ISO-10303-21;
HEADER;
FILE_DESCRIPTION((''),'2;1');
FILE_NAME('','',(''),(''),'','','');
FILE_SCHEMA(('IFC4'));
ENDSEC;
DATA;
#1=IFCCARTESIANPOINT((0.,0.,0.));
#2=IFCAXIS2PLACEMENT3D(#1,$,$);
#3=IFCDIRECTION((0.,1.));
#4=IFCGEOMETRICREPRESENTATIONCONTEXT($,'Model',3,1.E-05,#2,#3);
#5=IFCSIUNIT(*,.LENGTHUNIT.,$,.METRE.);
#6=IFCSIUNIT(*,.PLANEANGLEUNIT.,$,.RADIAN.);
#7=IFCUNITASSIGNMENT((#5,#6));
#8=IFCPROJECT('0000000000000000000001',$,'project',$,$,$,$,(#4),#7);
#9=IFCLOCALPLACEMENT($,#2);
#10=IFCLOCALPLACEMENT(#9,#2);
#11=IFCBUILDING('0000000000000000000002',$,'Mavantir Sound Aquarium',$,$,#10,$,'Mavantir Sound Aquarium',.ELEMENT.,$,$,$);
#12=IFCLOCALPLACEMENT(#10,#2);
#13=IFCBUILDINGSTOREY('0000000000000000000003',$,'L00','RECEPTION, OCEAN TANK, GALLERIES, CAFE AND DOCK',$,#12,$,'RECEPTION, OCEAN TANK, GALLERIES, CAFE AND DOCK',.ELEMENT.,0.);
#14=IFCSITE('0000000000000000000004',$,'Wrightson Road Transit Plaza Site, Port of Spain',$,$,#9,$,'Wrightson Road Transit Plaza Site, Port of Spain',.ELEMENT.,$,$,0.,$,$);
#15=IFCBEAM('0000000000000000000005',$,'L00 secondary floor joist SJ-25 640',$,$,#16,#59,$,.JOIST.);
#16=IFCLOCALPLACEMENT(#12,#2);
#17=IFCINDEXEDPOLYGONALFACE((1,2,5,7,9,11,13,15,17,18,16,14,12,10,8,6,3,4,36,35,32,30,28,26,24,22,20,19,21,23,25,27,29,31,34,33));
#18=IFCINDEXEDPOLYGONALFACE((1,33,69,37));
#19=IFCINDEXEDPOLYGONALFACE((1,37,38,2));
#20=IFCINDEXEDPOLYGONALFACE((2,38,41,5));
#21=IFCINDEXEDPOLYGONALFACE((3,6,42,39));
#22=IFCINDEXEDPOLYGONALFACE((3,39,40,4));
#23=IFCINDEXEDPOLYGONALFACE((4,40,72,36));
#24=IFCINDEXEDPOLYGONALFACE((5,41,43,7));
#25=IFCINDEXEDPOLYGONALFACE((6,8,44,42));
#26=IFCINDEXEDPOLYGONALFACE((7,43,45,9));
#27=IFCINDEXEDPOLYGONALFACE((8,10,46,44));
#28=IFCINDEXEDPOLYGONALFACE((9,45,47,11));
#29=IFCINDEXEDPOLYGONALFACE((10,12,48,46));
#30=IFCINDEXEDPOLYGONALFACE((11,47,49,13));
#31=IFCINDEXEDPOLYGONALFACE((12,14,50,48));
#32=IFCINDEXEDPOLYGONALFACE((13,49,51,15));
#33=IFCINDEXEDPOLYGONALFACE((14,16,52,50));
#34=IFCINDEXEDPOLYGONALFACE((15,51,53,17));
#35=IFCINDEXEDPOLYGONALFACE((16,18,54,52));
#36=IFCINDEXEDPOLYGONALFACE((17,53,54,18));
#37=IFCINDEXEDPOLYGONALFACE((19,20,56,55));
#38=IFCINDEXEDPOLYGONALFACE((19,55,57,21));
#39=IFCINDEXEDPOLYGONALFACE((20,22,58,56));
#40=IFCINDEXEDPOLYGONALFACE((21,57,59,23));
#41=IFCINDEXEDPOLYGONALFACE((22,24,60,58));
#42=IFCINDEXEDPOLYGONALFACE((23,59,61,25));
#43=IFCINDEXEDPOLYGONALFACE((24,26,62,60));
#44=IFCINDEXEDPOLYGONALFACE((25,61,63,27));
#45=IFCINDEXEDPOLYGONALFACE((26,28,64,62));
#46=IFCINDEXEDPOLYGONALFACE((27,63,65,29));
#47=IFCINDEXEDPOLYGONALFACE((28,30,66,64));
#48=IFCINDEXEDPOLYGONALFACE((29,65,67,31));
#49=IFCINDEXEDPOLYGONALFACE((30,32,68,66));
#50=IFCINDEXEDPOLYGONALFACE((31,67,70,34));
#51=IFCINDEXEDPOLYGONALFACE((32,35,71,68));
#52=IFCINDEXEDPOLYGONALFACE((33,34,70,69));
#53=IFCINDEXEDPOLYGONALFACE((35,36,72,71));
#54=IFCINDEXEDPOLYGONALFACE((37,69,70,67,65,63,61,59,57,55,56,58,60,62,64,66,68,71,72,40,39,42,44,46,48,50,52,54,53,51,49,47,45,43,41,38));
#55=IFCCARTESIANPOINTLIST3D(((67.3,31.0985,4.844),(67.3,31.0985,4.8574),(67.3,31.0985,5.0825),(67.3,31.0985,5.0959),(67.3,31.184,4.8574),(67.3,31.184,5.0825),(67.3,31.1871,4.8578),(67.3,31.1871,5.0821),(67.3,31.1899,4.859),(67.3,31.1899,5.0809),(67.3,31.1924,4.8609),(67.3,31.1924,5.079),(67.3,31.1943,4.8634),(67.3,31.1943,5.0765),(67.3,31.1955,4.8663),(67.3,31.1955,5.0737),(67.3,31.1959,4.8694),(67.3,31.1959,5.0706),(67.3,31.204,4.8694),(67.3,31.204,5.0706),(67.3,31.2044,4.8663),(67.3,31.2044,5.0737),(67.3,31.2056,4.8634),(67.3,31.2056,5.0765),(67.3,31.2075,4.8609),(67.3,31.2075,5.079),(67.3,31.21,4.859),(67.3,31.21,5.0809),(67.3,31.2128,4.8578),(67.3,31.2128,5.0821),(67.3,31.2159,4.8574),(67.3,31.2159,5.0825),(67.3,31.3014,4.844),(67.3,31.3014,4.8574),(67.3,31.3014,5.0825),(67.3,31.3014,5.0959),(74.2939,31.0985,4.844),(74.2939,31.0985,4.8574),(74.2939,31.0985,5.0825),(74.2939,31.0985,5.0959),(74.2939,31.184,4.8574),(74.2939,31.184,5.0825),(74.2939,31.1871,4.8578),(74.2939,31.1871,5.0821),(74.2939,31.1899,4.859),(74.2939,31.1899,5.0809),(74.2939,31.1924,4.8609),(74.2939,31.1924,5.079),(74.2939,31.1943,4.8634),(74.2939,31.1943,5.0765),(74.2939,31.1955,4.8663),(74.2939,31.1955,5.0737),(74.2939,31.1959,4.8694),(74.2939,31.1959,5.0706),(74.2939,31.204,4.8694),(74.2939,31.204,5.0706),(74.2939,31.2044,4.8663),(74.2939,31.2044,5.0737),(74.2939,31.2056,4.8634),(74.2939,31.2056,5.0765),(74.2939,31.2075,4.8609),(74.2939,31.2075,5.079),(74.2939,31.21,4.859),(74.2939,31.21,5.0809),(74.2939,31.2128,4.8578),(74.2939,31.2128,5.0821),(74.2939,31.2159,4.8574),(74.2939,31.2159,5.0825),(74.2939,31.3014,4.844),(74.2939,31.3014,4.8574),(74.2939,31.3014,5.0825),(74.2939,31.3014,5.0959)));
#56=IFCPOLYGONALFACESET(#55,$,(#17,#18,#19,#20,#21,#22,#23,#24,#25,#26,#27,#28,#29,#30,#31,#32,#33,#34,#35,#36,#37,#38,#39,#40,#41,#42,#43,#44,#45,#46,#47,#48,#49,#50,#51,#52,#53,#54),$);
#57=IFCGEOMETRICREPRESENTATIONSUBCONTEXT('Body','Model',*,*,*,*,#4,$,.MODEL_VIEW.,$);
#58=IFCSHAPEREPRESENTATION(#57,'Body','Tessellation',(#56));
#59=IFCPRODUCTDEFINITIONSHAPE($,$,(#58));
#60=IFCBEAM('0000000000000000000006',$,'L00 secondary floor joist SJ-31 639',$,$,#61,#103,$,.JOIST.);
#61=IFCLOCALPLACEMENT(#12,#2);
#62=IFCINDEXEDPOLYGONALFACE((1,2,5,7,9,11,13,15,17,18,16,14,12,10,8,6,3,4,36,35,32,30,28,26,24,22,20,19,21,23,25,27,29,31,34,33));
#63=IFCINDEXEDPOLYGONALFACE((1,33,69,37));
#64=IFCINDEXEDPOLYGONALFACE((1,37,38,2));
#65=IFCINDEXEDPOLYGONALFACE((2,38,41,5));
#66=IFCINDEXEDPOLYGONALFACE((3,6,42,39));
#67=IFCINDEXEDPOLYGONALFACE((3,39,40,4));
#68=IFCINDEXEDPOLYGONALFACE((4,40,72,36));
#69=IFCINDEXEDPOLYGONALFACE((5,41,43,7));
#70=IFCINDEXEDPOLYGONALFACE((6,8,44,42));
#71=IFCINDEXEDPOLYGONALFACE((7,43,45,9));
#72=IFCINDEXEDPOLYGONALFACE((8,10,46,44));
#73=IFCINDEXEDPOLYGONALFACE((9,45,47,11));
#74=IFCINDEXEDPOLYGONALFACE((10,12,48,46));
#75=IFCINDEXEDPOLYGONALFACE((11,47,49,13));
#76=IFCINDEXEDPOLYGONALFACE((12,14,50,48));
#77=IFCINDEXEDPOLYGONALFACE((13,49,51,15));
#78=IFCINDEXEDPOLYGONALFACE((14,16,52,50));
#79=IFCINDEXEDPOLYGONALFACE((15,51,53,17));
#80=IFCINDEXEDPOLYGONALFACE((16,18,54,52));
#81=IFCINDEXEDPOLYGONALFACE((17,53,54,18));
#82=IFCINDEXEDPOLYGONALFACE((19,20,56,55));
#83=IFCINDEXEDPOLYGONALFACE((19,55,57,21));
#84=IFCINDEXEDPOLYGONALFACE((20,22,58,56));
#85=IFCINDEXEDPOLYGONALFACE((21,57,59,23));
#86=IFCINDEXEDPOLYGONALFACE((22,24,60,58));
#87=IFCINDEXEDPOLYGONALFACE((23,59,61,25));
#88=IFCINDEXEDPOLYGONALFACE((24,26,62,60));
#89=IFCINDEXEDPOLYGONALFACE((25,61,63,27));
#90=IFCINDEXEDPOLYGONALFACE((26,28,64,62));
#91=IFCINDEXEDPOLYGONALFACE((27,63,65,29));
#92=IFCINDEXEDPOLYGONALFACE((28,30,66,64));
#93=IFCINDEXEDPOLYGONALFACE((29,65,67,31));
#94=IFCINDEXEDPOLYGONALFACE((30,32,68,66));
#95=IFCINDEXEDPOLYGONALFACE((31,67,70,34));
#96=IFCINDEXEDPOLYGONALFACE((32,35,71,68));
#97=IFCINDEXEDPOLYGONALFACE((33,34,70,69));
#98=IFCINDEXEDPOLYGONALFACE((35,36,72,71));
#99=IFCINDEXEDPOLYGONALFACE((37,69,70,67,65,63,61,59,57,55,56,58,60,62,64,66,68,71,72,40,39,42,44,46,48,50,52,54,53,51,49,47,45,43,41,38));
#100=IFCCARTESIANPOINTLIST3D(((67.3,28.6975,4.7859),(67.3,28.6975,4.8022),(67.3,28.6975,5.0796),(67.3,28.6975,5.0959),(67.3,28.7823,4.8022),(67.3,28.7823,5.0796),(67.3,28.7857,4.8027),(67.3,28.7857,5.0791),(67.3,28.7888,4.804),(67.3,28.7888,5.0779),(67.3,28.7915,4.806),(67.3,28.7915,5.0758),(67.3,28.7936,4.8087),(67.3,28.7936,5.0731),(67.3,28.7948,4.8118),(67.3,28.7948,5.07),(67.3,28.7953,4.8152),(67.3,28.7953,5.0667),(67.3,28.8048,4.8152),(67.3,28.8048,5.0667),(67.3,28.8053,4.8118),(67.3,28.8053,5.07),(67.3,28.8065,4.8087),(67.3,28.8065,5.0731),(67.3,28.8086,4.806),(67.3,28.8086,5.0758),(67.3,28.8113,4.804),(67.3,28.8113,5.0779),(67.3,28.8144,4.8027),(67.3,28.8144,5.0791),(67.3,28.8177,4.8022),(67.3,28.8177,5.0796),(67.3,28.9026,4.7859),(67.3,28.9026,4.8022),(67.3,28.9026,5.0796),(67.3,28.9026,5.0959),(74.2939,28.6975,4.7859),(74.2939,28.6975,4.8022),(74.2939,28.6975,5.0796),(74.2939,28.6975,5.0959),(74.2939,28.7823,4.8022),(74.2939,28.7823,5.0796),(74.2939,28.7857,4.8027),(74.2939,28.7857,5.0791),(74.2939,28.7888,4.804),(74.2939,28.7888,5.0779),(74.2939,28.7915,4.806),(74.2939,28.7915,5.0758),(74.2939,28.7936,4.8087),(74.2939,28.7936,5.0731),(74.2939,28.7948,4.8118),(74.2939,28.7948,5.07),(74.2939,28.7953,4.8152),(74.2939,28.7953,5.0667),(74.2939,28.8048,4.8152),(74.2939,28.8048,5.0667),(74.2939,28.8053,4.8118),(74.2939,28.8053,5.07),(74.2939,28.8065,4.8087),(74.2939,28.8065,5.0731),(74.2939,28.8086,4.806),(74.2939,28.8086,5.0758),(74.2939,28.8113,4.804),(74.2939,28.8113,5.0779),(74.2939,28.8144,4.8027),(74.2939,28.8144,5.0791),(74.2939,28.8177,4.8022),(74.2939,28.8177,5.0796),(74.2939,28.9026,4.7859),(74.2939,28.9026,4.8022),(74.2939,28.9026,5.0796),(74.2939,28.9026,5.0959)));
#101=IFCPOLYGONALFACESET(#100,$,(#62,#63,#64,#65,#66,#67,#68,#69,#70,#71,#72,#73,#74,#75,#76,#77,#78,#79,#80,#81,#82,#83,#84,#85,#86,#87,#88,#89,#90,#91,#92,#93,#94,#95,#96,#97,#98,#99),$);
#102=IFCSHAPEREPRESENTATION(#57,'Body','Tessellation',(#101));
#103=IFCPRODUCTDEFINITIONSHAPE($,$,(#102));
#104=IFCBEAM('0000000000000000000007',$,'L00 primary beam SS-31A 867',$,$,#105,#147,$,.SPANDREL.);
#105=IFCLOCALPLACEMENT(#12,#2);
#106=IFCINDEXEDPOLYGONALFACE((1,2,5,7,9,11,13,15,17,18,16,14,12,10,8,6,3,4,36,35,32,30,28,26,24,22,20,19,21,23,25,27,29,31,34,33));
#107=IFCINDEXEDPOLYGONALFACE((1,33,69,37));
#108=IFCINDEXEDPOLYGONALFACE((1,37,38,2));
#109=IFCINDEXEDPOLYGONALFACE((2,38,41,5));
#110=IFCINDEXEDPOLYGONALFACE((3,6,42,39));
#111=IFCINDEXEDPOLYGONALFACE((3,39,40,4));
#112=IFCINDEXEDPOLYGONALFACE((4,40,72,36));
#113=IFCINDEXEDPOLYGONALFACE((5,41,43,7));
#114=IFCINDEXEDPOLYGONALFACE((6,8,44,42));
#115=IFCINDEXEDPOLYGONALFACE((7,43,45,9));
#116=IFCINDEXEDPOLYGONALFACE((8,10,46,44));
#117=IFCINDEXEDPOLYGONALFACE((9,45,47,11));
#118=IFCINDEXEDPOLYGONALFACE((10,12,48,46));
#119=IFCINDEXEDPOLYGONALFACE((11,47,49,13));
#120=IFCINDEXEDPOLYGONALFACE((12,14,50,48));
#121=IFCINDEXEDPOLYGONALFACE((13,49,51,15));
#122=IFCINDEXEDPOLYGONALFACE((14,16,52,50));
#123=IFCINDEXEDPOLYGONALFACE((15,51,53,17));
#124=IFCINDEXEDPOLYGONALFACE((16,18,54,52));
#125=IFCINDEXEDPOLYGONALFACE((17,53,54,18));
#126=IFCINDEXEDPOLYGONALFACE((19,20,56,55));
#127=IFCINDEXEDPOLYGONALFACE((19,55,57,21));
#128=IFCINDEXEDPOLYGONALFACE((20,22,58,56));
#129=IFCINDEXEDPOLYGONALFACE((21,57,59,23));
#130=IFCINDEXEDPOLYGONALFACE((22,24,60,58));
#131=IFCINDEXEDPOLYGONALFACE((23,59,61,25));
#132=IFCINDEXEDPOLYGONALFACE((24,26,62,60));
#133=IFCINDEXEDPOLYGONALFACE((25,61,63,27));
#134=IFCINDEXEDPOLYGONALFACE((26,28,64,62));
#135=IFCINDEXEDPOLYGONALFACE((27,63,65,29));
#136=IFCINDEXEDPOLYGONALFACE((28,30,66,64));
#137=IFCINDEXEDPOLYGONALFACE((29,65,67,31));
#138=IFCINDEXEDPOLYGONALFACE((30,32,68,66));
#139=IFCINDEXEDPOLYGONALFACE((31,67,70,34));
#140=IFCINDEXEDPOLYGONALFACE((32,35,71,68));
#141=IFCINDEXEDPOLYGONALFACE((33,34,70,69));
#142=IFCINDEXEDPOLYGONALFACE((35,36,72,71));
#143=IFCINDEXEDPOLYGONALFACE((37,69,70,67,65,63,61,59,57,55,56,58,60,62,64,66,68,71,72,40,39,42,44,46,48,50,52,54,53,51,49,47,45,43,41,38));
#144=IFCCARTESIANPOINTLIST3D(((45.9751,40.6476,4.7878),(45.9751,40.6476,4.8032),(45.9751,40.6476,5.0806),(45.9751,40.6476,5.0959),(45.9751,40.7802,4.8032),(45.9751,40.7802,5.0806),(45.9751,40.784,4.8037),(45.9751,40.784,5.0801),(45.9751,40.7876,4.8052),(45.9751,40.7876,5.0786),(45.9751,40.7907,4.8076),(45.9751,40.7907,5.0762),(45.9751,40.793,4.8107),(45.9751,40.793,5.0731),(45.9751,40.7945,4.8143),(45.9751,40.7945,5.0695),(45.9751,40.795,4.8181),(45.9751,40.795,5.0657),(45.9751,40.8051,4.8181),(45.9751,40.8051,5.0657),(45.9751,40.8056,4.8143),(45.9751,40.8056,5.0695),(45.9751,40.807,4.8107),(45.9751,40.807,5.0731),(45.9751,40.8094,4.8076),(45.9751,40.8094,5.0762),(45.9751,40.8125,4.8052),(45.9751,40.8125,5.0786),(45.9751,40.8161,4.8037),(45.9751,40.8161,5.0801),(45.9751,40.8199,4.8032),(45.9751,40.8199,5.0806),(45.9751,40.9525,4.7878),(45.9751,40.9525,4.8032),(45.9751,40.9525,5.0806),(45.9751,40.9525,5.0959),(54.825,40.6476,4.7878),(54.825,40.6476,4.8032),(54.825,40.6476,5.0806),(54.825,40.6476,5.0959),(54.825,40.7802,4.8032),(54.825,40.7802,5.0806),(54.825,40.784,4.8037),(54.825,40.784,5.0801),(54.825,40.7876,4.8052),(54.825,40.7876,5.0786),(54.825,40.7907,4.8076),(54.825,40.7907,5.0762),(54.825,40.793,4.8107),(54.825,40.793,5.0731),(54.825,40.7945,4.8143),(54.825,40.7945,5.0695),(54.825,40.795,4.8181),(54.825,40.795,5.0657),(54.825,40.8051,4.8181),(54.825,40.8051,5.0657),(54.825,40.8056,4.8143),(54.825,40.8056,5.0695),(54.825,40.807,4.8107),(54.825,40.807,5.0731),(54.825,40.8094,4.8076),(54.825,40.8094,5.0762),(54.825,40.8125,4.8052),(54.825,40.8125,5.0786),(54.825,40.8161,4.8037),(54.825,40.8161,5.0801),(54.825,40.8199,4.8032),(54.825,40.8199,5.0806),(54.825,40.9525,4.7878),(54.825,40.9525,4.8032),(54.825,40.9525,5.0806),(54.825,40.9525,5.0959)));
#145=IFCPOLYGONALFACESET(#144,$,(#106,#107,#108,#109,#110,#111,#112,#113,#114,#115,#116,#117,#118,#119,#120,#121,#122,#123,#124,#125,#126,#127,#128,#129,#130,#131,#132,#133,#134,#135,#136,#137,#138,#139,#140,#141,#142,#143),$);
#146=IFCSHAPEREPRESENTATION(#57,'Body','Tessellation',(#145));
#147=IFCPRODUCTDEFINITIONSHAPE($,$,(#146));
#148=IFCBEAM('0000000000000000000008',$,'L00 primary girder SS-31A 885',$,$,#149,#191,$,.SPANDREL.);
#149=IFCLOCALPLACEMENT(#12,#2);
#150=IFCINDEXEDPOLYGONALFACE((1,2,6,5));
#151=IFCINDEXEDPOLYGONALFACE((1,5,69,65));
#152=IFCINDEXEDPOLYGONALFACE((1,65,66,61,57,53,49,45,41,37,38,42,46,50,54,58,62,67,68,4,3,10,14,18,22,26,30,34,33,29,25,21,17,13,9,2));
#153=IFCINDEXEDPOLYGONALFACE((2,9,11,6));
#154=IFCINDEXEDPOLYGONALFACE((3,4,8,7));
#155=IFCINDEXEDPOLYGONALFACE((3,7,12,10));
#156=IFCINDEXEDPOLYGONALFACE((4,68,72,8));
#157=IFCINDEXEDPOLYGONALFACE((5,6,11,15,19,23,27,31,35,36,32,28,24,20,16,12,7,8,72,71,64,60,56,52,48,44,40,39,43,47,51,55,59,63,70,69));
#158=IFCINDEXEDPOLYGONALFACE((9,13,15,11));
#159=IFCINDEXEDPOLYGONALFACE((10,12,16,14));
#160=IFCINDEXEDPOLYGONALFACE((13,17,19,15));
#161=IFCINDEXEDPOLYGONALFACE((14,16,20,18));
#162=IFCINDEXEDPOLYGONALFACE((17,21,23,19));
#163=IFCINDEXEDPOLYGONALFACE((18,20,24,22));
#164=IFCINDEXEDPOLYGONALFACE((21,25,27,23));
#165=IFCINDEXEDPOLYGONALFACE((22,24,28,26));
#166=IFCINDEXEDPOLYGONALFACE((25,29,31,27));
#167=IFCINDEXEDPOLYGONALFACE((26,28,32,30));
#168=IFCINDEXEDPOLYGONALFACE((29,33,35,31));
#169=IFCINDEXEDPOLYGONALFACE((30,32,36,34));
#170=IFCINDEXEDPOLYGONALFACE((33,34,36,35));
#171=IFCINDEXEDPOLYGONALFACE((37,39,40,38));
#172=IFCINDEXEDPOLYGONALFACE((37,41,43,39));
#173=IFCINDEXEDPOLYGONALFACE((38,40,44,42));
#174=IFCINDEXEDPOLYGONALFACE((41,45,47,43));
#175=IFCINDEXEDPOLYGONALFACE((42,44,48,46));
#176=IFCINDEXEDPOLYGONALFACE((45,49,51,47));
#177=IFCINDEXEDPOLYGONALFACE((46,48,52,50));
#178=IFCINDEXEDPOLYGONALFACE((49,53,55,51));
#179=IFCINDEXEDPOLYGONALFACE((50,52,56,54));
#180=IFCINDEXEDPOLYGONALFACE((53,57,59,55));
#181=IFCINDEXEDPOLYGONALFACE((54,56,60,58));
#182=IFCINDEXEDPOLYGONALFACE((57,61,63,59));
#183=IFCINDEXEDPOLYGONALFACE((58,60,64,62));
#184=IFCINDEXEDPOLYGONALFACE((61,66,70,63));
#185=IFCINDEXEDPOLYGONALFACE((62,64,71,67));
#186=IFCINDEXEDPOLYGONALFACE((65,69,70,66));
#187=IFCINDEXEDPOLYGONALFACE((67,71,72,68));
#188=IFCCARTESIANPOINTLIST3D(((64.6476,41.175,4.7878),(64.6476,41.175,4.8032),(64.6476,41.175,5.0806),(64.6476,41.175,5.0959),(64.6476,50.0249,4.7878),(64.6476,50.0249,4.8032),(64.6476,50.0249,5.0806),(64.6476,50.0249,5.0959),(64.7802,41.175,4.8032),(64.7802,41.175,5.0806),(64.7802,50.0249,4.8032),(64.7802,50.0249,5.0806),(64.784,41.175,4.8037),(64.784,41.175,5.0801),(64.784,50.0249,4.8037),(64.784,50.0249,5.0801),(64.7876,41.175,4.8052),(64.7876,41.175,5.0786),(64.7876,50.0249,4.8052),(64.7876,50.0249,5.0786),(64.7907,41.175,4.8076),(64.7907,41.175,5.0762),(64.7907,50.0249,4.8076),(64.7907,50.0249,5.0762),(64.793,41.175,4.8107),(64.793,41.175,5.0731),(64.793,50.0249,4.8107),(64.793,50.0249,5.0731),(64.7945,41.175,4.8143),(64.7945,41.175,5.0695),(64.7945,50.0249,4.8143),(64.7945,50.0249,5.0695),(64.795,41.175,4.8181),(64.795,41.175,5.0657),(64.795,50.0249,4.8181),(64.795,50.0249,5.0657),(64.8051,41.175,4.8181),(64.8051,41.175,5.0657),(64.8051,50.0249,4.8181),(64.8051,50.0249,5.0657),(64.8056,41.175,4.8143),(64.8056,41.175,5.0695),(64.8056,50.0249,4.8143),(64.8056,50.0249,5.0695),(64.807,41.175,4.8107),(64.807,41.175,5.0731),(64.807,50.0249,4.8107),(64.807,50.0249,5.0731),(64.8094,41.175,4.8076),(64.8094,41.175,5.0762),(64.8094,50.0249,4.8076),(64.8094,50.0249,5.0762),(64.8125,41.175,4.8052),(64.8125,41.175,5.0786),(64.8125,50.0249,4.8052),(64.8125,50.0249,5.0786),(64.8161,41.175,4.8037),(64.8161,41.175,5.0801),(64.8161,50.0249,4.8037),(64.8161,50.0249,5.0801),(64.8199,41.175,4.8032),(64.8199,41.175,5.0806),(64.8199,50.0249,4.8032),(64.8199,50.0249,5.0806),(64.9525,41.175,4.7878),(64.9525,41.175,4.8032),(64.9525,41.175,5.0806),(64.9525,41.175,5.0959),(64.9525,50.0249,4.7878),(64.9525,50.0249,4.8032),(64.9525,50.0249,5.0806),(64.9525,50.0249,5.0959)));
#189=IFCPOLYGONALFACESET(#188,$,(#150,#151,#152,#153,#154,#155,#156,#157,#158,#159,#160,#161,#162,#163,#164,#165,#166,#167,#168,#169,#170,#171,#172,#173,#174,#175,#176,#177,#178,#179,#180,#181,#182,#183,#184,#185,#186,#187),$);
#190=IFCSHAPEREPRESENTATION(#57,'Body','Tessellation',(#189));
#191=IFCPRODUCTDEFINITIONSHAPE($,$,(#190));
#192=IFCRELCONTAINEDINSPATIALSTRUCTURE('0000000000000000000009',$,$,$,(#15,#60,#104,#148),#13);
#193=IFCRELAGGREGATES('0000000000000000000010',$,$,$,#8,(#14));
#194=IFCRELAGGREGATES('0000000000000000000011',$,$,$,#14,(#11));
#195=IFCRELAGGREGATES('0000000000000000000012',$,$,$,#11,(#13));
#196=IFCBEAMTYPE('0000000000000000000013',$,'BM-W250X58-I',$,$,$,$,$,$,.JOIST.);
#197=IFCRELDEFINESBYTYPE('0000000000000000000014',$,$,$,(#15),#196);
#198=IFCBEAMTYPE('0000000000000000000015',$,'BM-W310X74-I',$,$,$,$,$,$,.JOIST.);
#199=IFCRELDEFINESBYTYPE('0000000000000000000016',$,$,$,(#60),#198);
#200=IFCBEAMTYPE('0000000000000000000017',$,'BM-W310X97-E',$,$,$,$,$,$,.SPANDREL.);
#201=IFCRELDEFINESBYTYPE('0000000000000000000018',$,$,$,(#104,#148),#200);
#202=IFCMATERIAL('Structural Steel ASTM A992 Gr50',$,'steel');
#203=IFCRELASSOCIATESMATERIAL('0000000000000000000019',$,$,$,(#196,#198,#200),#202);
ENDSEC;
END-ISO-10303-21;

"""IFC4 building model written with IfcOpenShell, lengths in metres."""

from ifc_helpers import new_model, si_unit, direction, frame, origin, origin_2d, place, context, subcontext, project, spatial, i_section, extrude, material, material_profile, profile_set, type_object, element, save


model = new_model("IFC4")

# Units and contexts
model_context = context("Model", 3, precision=1e-05, world=origin(), true_north=direction((0.0, 1.0)))
body_context = subcontext(model_context, "Body", "Model", "MODEL_VIEW")
ifc_project = project(units=[si_unit("LENGTHUNIT", "METRE"), si_unit("PLANEANGLEUNIT", "RADIAN")], contexts=[model_context])

# Site, building, storey
site_placement = place(None, origin())
site = spatial("IfcSite", under=ifc_project, at=site_placement, Name="Wrightson Road Transit Plaza Site, Port of Spain", LongName="Wrightson Road Transit Plaza Site, Port of Spain", CompositionType="ELEMENT", RefElevation=0.0)
building_placement = place(site_placement, origin())
building = spatial("IfcBuilding", under=site, at=building_placement, Name="Mavantir Sound Aquarium", LongName="Mavantir Sound Aquarium", CompositionType="ELEMENT")
storey_placement = place(building_placement, origin())
storey = spatial("IfcBuildingStorey", under=building, at=storey_placement, Name="L00", Description="RECEPTION, OCEAN TANK, GALLERIES, CAFE AND DOCK", LongName="RECEPTION, OCEAN TANK, GALLERIES, CAFE AND DOCK", CompositionType="ELEMENT", Elevation=0.0)

# Beams
ifc_material_1 = material(Name="Structural Steel ASTM A992 Gr50", Category="steel")
ifc_material_profile_1 = material_profile(ifc_material_1, i_section(OverallWidth=0.2029, OverallDepth=0.252, WebThickness=0.0081, FlangeThickness=0.0134, FilletRadius=0.012, at=origin_2d()), Name="W250X58")
ifc_profile_set_1 = profile_set([ifc_material_profile_1], Name="Structural Steel ASTM A992 Gr50")
beam_type_1 = type_object("IfcBeamType", Name="BM-W250X58-I", PredefinedType="JOIST", material=ifc_profile_set_1)
beam_1_placement = place(storey_placement, frame((67.3, 31.2, 4.97), z_axis=(1.0, 0.0, 0.0), x_axis=(0.0, 1.0, 0.0)))
element("IfcBeam", 1, at=beam_1_placement, inside=storey, type_object=beam_type_1, Name="L00 secondary floor joist SJ-25 640", PredefinedType="JOIST", context=body_context, shape_type="SweptSolid", body=[
    extrude(i_section(OverallWidth=0.2029, OverallDepth=0.252, WebThickness=0.0081, FlangeThickness=0.0134, FilletRadius=0.012, at=origin_2d()), origin(), (0.0, 0.0, 1.0), 6.9939),
])
ifc_material_profile_2 = material_profile(ifc_material_1, i_section(OverallWidth=0.2051, OverallDepth=0.3101, WebThickness=0.0095, FlangeThickness=0.0164, FilletRadius=0.0129, at=origin_2d()), Name="W310X74")
ifc_profile_set_2 = profile_set([ifc_material_profile_2], Name="Structural Steel ASTM A992 Gr50")
beam_type_2 = type_object("IfcBeamType", Name="BM-W310X74-I", PredefinedType="JOIST", material=ifc_profile_set_2)
beam_2_placement = place(storey_placement, frame((67.3, 28.8, 4.9409), z_axis=(1.0, 0.0, 0.0), x_axis=(0.0, 1.0, 0.0)))
element("IfcBeam", 2, at=beam_2_placement, inside=storey, type_object=beam_type_2, Name="L00 secondary floor joist SJ-31 639", PredefinedType="JOIST", context=body_context, shape_type="SweptSolid", body=[
    extrude(i_section(OverallWidth=0.2051, OverallDepth=0.3101, WebThickness=0.0095, FlangeThickness=0.0164, FilletRadius=0.0129, at=origin_2d()), origin(), (0.0, 0.0, 1.0), 6.9939),
])
ifc_material_profile_3 = material_profile(ifc_material_1, i_section(OverallWidth=0.3049, OverallDepth=0.3081, WebThickness=0.01, FlangeThickness=0.0154, FilletRadius=0.0149, at=origin_2d()), Name="W310X97")
ifc_profile_set_3 = profile_set([ifc_material_profile_3], Name="Structural Steel ASTM A992 Gr50")
beam_type_3 = type_object("IfcBeamType", Name="BM-W310X97-E", PredefinedType="SPANDREL", material=ifc_profile_set_3)
for number, where, z_axis, x_axis, name in (
    (3, (45.9751, 40.8, 4.9419), (1.0, 0.0, 0.0), (0.0, 1.0, 0.0), "L00 primary beam SS-31A 867"),
    (4, (64.8, 41.175, 4.9419), (0.0, 1.0, 0.0), (-1.0, 0.0, 0.0), "L00 primary girder SS-31A 885"),
):
    element("IfcBeam", number, at=place(storey_placement, frame(where, z_axis=z_axis, x_axis=x_axis)), inside=storey, type_object=beam_type_3, Name=name, PredefinedType="SPANDREL", context=body_context, shape_type="SweptSolid", body=[
        extrude(i_section(OverallWidth=0.3049, OverallDepth=0.3081, WebThickness=0.01, FlangeThickness=0.0154, FilletRadius=0.0149, at=origin_2d()), origin(), (0.0, 0.0, 1.0), 8.8499),
    ])

save(model, "model.ifc")
